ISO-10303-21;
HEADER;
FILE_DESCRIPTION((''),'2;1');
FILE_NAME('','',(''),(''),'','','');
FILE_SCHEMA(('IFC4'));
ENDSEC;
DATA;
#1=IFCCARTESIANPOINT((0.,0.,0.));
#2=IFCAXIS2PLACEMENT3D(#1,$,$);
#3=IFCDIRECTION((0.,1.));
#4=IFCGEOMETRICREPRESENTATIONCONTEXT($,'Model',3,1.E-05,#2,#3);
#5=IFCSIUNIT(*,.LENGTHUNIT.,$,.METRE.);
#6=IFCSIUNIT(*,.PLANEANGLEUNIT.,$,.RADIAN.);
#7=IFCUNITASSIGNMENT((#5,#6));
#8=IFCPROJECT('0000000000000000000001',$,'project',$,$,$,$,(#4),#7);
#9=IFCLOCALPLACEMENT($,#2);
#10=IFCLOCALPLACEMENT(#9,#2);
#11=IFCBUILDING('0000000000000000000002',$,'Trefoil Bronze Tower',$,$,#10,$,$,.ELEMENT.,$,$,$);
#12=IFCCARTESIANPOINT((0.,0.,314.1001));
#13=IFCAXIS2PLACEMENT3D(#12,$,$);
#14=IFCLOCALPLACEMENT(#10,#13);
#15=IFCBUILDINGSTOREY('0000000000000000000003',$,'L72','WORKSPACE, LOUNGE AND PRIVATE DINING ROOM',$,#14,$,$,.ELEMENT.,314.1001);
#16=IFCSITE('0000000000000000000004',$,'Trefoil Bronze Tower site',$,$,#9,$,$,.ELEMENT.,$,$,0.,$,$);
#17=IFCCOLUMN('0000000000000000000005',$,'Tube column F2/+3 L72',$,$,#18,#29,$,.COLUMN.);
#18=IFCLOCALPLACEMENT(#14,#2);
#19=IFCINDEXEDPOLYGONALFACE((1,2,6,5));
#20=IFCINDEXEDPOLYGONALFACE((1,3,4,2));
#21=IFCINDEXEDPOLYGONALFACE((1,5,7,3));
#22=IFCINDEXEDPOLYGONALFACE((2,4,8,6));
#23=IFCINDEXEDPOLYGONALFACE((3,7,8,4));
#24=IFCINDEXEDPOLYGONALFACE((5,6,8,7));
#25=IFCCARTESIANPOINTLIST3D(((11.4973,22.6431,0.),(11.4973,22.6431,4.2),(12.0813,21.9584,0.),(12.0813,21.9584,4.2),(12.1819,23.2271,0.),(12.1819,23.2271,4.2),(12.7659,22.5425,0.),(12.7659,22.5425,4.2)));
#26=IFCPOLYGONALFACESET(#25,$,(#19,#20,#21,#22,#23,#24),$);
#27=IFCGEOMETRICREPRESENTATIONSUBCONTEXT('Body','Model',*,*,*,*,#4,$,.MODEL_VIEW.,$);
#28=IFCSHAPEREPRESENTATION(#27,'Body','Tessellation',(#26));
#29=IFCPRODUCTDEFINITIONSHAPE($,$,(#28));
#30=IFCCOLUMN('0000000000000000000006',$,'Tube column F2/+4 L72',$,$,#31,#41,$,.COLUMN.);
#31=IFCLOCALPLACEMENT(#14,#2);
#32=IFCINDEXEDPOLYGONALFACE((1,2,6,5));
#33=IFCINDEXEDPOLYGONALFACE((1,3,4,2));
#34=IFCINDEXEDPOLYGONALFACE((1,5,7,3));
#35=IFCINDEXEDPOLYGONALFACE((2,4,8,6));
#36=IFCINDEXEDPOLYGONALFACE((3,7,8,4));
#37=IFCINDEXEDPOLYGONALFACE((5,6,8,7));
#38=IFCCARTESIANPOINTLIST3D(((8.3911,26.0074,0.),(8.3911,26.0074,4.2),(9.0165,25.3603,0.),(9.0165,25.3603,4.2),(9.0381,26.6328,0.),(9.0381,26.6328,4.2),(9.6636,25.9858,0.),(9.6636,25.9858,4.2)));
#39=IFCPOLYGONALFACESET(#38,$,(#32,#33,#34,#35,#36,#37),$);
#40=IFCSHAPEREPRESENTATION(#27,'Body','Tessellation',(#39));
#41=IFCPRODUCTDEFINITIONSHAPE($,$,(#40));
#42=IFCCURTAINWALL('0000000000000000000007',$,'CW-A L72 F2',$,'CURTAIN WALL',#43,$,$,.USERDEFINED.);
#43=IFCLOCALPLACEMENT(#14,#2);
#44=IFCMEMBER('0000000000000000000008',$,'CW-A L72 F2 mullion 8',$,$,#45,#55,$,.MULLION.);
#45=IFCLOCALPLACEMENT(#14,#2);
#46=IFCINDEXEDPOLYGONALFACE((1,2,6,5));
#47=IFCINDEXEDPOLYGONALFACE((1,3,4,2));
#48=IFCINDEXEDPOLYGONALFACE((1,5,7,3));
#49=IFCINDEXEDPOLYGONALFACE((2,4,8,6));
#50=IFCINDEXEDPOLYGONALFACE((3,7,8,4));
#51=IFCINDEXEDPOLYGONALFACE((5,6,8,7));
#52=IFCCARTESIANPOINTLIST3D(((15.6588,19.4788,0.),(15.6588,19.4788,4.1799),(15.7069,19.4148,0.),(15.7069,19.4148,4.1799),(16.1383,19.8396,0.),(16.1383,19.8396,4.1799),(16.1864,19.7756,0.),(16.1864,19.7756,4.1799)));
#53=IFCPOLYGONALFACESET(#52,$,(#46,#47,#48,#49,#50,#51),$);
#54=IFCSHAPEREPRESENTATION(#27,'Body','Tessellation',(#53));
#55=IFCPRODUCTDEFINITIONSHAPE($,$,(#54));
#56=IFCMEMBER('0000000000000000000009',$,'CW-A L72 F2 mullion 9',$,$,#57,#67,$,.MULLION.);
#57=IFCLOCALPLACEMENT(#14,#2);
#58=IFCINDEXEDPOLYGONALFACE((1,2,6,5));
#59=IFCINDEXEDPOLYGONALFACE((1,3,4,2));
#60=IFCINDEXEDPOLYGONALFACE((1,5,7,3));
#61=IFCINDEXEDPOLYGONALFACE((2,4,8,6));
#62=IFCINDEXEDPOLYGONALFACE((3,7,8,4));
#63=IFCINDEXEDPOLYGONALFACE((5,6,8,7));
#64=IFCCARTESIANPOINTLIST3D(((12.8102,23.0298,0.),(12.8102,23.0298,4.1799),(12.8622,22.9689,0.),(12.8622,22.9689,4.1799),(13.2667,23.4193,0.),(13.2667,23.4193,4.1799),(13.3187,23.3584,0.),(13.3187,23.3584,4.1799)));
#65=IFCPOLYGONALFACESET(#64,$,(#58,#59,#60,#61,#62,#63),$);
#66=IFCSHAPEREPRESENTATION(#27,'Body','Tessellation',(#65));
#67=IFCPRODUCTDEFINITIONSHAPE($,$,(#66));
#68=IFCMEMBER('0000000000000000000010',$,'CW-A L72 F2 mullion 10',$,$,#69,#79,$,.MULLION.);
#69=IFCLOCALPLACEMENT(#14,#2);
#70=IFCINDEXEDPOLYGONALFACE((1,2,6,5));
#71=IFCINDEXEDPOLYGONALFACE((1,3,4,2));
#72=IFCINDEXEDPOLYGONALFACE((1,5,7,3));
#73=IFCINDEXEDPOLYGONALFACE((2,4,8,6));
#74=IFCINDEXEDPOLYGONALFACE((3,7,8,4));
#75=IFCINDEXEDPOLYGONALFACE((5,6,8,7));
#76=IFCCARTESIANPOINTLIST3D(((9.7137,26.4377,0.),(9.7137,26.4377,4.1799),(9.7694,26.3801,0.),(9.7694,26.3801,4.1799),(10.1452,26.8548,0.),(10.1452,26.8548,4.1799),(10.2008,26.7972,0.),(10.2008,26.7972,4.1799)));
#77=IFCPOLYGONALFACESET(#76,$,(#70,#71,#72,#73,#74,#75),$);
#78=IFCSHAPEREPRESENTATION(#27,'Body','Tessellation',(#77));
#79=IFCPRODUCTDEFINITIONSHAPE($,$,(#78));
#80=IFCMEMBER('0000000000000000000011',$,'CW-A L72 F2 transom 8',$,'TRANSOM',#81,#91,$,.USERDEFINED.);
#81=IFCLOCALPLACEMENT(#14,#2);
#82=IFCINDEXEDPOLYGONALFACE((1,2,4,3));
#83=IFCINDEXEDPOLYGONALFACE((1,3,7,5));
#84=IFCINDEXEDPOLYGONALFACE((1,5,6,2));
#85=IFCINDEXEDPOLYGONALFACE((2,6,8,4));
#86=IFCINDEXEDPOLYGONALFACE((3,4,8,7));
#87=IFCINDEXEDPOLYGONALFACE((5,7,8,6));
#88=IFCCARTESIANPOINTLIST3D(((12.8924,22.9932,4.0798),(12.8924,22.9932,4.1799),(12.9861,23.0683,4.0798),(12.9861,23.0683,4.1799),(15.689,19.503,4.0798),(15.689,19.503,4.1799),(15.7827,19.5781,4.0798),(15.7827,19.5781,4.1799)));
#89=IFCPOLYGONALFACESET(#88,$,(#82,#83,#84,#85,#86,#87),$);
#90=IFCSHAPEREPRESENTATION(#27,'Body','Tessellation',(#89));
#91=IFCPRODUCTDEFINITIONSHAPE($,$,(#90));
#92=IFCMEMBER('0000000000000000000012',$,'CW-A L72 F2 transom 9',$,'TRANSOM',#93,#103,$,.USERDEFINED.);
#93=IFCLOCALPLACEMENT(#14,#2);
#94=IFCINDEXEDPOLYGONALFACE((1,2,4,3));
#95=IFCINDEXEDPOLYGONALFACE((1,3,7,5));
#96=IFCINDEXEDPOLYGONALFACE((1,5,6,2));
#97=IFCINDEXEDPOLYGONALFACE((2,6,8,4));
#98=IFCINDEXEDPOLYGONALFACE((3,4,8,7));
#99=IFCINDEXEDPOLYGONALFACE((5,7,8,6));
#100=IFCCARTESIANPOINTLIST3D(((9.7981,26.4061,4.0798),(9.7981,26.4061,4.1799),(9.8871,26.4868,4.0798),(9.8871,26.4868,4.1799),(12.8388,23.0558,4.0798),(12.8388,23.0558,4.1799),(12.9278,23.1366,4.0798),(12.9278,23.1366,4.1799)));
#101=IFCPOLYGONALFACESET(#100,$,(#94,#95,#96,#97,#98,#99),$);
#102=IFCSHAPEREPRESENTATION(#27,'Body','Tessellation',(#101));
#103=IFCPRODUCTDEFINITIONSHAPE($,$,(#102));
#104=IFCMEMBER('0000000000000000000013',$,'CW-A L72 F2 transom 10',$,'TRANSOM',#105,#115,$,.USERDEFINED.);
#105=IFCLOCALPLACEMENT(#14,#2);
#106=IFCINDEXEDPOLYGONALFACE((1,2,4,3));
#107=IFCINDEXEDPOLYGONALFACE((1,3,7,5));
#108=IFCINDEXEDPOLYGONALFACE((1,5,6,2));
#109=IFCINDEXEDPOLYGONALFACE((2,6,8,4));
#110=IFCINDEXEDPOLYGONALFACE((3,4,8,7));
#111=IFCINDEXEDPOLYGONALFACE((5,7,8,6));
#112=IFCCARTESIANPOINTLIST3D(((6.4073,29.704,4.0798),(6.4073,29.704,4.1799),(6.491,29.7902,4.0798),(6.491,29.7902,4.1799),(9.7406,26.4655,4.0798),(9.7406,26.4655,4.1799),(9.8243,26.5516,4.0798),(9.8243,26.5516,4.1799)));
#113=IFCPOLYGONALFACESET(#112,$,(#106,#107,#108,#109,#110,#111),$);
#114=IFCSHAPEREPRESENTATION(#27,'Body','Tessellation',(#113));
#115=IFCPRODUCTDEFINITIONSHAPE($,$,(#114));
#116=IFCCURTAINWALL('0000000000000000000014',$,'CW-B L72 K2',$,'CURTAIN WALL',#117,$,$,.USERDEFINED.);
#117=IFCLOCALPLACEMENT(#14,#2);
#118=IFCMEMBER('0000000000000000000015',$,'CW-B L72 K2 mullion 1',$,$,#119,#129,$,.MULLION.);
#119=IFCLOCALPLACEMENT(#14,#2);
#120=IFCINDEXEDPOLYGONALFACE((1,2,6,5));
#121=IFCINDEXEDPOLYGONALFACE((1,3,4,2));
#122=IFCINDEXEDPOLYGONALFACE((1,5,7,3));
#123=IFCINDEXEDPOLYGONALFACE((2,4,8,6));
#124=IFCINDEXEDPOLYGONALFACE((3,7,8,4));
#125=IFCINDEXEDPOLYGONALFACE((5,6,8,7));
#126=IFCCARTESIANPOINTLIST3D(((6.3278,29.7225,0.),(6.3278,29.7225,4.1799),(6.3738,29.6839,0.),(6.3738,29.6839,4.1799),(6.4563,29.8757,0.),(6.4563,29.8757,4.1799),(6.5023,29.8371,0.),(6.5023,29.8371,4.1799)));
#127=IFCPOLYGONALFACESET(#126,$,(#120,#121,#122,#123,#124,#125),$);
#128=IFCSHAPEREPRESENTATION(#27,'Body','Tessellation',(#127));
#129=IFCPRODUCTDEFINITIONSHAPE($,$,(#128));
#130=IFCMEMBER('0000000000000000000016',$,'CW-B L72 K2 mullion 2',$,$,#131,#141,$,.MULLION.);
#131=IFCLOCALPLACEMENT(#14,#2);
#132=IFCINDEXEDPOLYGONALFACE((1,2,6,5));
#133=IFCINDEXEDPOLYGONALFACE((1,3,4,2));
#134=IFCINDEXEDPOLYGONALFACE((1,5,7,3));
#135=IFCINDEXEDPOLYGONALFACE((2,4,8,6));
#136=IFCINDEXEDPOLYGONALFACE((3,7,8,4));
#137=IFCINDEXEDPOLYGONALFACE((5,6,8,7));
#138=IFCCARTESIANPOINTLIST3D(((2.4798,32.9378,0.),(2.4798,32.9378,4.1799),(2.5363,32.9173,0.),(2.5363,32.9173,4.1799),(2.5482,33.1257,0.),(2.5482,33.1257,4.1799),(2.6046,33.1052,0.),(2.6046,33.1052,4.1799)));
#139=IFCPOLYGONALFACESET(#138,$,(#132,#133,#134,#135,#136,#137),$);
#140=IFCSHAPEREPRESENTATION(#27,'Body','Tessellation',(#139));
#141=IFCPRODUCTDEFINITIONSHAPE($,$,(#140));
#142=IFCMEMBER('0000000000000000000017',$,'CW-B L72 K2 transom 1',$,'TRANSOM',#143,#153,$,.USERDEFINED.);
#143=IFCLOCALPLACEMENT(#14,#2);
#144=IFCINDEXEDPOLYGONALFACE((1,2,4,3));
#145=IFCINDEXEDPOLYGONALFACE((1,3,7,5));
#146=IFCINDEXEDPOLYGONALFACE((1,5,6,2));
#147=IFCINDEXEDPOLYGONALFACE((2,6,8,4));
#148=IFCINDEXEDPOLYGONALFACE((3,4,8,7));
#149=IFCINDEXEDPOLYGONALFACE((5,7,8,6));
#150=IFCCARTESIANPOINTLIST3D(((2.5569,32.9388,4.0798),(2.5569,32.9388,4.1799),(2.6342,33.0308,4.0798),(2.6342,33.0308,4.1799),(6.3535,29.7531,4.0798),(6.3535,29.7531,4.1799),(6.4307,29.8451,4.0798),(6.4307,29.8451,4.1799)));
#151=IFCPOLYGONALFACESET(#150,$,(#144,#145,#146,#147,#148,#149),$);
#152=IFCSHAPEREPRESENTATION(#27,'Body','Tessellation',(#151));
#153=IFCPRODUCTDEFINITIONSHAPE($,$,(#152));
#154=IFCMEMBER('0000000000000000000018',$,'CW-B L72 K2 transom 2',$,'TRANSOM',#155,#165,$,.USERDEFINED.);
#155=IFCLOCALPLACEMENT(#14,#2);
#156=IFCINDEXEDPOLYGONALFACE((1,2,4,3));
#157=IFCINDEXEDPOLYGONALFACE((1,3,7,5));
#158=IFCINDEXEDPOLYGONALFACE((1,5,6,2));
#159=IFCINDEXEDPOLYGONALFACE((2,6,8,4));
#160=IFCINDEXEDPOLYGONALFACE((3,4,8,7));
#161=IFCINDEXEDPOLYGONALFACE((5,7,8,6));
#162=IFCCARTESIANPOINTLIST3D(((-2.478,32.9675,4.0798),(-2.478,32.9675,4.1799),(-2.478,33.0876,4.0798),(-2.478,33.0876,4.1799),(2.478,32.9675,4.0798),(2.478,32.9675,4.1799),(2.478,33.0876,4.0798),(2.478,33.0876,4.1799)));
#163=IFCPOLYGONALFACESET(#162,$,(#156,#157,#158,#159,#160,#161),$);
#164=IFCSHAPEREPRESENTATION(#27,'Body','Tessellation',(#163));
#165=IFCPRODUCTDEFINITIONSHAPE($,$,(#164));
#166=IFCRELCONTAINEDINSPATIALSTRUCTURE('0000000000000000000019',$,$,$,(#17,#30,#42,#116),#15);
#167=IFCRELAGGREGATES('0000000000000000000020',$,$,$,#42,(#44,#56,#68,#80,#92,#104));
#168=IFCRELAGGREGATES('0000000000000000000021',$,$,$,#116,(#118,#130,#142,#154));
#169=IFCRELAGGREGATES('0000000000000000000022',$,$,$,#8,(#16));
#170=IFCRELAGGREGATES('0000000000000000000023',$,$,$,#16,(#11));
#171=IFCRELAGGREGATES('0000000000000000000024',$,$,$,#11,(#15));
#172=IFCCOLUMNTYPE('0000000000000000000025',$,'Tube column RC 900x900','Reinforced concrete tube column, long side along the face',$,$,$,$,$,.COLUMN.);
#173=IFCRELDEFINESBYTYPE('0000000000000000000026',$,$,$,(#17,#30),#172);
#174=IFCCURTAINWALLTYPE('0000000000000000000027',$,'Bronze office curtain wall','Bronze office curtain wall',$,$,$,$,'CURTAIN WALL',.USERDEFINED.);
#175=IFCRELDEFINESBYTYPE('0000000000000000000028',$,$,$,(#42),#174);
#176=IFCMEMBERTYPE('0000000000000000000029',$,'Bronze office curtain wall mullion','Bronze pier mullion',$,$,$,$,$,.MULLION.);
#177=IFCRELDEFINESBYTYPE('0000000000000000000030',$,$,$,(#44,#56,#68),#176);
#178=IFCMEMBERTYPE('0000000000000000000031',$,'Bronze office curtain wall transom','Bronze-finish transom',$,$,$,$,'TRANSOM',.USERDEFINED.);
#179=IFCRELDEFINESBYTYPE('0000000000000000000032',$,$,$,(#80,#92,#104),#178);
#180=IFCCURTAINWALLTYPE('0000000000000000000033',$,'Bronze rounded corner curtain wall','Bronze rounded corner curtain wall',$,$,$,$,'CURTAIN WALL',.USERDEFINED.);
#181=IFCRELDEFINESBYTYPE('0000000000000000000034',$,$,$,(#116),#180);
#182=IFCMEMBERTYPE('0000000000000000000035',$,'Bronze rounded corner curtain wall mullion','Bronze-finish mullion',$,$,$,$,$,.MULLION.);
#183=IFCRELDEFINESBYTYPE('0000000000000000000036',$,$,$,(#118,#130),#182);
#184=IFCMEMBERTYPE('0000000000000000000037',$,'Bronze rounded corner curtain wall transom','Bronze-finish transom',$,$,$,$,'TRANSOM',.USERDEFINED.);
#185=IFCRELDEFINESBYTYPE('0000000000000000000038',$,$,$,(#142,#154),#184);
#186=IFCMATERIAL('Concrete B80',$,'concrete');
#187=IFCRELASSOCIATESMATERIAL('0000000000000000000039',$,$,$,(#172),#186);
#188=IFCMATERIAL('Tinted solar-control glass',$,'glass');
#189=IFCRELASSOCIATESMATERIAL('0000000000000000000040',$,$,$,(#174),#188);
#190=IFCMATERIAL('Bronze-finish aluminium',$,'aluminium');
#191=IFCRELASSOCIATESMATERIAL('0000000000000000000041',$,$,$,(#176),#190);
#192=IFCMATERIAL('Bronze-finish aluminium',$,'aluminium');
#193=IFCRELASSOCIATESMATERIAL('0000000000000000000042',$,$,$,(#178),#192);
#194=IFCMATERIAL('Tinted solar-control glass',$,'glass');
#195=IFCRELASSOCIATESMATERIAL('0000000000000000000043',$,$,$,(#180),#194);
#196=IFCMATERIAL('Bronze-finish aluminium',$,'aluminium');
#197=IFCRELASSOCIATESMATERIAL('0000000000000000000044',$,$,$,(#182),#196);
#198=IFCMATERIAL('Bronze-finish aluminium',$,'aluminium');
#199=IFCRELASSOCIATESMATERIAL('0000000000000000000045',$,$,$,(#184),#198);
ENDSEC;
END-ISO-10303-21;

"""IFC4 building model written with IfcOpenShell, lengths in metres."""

from ifc_helpers import new_model, si_unit, direction, frame, origin, origin_2d, place, context, subcontext, project, spatial, rectangle, extrude, material, material_profile, profile_set, type_object, element, aggregate, save


model = new_model("IFC4")

# Units and contexts
model_context = context("Model", 3, precision=1e-05, world=origin(), true_north=direction((0.0, 1.0)))
body_context = subcontext(model_context, "Body", "Model", "MODEL_VIEW")
ifc_project = project(units=[si_unit("LENGTHUNIT", "METRE"), si_unit("PLANEANGLEUNIT", "RADIAN")], contexts=[model_context])

# Site, building, storey
site_placement = place(None, origin())
site = spatial("IfcSite", under=ifc_project, at=site_placement, Name="Trefoil Bronze Tower site", CompositionType="ELEMENT", RefElevation=0.0)
building_placement = place(site_placement, origin())
building = spatial("IfcBuilding", under=site, at=building_placement, Name="Trefoil Bronze Tower", CompositionType="ELEMENT")
storey_placement = place(building_placement, frame((0.0, 0.0, 314.1001)))
storey = spatial("IfcBuildingStorey", under=building, at=storey_placement, Name="L72", Description="WORKSPACE, LOUNGE AND PRIVATE DINING ROOM", CompositionType="ELEMENT", Elevation=314.1001)

# Columns
ifc_material_1 = material(Name="Concrete B80", Category="concrete")
ifc_material_profile_1 = material_profile(ifc_material_1, rectangle(XDim=0.8999, YDim=0.8999, at=origin_2d()), Name="RC 900x900")
ifc_profile_set_1 = profile_set([ifc_material_profile_1], Name="Concrete B80")
column_type = type_object("IfcColumnType", Name="Tube column RC 900x900", Description="Reinforced concrete tube column, long side along the face", PredefinedType="COLUMN", material=ifc_profile_set_1)
for number, where, z_axis, x_axis, name in (
    (1, (12.1316, 22.5928, 0.0), (0.0, 0.0, 1.0), (-0.649008, 0.760781, 0.0), "Tube column F2/+3 L72"),
    (2, (9.0273, 25.9966, 0.0), (0.0, 0.0, 1.0), (-0.695009, 0.719001, 0.0), "Tube column F2/+4 L72"),
):
    element("IfcColumn", number, at=place(storey_placement, frame(where, z_axis=z_axis, x_axis=x_axis)), inside=storey, type_object=column_type, Name=name, PredefinedType="COLUMN", context=body_context, shape_type="SweptSolid", body=[
        extrude(rectangle(XDim=0.8999, YDim=0.8999, at=origin_2d()), origin(), (0.0, 0.0, 1.0), 4.2),
    ])

# Curtain walls, members
ifc_material_2 = material(Name="Tinted solar-control glass", Category="glass")
curtain_wall_type_1 = type_object("IfcCurtainWallType", Name="Bronze office curtain wall", Description="Bronze office curtain wall", ElementType="CURTAIN WALL", PredefinedType="USERDEFINED", material=ifc_material_2)
curtain_wall_1_placement = place(storey_placement, origin())
curtain_wall_1 = element("IfcCurtainWall", 3, at=curtain_wall_1_placement, inside=storey, type_object=curtain_wall_type_1, Name="CW-A L72 F2", ObjectType="CURTAIN WALL", PredefinedType="USERDEFINED")
ifc_material_3 = material(Name="Bronze-finish aluminium", Category="aluminium")
ifc_material_profile_2 = material_profile(ifc_material_3, rectangle(XDim=0.6001, YDim=0.0801, at=origin_2d()), Name="CW-A mullion")
ifc_profile_set_2 = profile_set([ifc_material_profile_2], Name="Bronze-finish aluminium")
member_type_1 = type_object("IfcMemberType", Name="Bronze office curtain wall mullion", Description="Bronze pier mullion", PredefinedType="MULLION", material=ifc_profile_set_2)
member_1_placement = place(storey_placement, frame((15.9226, 19.6272, 0.0), z_axis=(0.0, 0.0, 1.0), x_axis=(-0.799096, -0.601203, 0.0)))
member_1 = element("IfcMember", 4, at=member_1_placement, type_object=member_type_1, Name="CW-A L72 F2 mullion 8", PredefinedType="MULLION", context=body_context, shape_type="SweptSolid", body=[
    extrude(rectangle(XDim=0.6001, YDim=0.0801, at=origin_2d()), origin(), (0.0, 0.0, 1.0), 4.1799),
])
member_2_placement = place(storey_placement, frame((13.0645, 23.1941, 0.0), z_axis=(0.0, 0.0, 1.0), x_axis=(-0.760781, -0.649008, 0.0)))
member_2 = element("IfcMember", 5, at=member_2_placement, type_object=member_type_1, Name="CW-A L72 F2 mullion 9", PredefinedType="MULLION", context=body_context, shape_type="SweptSolid", body=[
    extrude(rectangle(XDim=0.6001, YDim=0.0801, at=origin_2d()), origin(), (0.0, 0.0, 1.0), 4.1799),
])
member_3_placement = place(storey_placement, frame((9.9573, 26.6174, 0.0), z_axis=(0.0, 0.0, 1.0), x_axis=(-0.719001, -0.695009, 0.0)))
member_3 = element("IfcMember", 6, at=member_3_placement, type_object=member_type_1, Name="CW-A L72 F2 mullion 10", PredefinedType="MULLION", context=body_context, shape_type="SweptSolid", body=[
    extrude(rectangle(XDim=0.6001, YDim=0.0801, at=origin_2d()), origin(), (0.0, 0.0, 1.0), 4.1799),
])
ifc_material_4 = material(Name="Bronze-finish aluminium", Category="aluminium")
ifc_material_profile_3 = material_profile(ifc_material_4, rectangle(XDim=0.1201, YDim=0.1001, at=origin_2d()), Name="CW-A transom")
ifc_profile_set_3 = profile_set([ifc_material_profile_3], Name="Bronze-finish aluminium")
member_type_2 = type_object("IfcMemberType", Name="Bronze office curtain wall transom", Description="Bronze-finish transom", ElementType="TRANSOM", PredefinedType="USERDEFINED", material=ifc_profile_set_3)
member_4_placement = place(storey_placement, frame((15.7358, 19.5405, 4.1299), z_axis=(-0.625301, 0.780384, 0.0), x_axis=(-0.780384, -0.625301, 0.0)))
member_4 = element("IfcMember", 7, at=member_4_placement, type_object=member_type_2, Name="CW-A L72 F2 transom 8", ObjectType="TRANSOM", PredefinedType="USERDEFINED", context=body_context, shape_type="SweptSolid", body=[
    extrude(rectangle(XDim=0.1201, YDim=0.1001, at=origin_2d()), origin(), (0.0, 0.0, 1.0), 4.4724),
])
member_5_placement = place(storey_placement, frame((12.8833, 23.0962, 4.1299), z_axis=(-0.672068, 0.740489, 0.0), x_axis=(-0.740489, -0.672068, 0.0)))
member_5 = element("IfcMember", 8, at=member_5_placement, type_object=member_type_2, Name="CW-A L72 F2 transom 9", ObjectType="TRANSOM", PredefinedType="USERDEFINED", context=body_context, shape_type="SweptSolid", body=[
    extrude(rectangle(XDim=0.1201, YDim=0.1001, at=origin_2d()), origin(), (0.0, 0.0, 1.0), 4.5244),
])
member_6_placement = place(storey_placement, frame((9.7825, 26.5085, 4.1299), z_axis=(-0.717225, 0.696842, 0.0), x_axis=(-0.696842, -0.717225, 0.0)))
member_6 = element("IfcMember", 9, at=member_6_placement, type_object=member_type_2, Name="CW-A L72 F2 transom 10", ObjectType="TRANSOM", PredefinedType="USERDEFINED", context=body_context, shape_type="SweptSolid", body=[
    extrude(rectangle(XDim=0.1201, YDim=0.1001, at=origin_2d()), origin(), (0.0, 0.0, 1.0), 4.6475),
])
ifc_material_5 = material(Name="Tinted solar-control glass", Category="glass")
curtain_wall_type_2 = type_object("IfcCurtainWallType", Name="Bronze rounded corner curtain wall", Description="Bronze rounded corner curtain wall", ElementType="CURTAIN WALL", PredefinedType="USERDEFINED", material=ifc_material_5)
curtain_wall_2_placement = place(storey_placement, origin())
curtain_wall_2 = element("IfcCurtainWall", 10, at=curtain_wall_2_placement, inside=storey, type_object=curtain_wall_type_2, Name="CW-B L72 K2", ObjectType="CURTAIN WALL", PredefinedType="USERDEFINED")
ifc_material_6 = material(Name="Bronze-finish aluminium", Category="aluminium")
ifc_material_profile_4 = material_profile(ifc_material_6, rectangle(XDim=0.2, YDim=0.0601, at=origin_2d()), Name="CW-B mullion")
ifc_profile_set_4 = profile_set([ifc_material_profile_4], Name="Bronze-finish aluminium")
member_type_3 = type_object("IfcMemberType", Name="Bronze rounded corner curtain wall mullion", Description="Bronze-finish mullion", PredefinedType="MULLION", material=ifc_profile_set_4)
member_7_placement = place(storey_placement, frame((6.415, 29.7798, 0.0), z_axis=(0.0, 0.0, 1.0), x_axis=(-0.642788, -0.766044, 0.0)))
member_7 = element("IfcMember", 11, at=member_7_placement, type_object=member_type_3, Name="CW-B L72 K2 mullion 1", PredefinedType="MULLION", context=body_context, shape_type="SweptSolid", body=[
    extrude(rectangle(XDim=0.2, YDim=0.0601, at=origin_2d()), origin(), (0.0, 0.0, 1.0), 4.1799),
])
member_8_placement = place(storey_placement, frame((2.5422, 33.0215, 0.0), z_axis=(0.0, 0.0, 1.0), x_axis=(-0.34202, -0.939693, 0.0)))
member_8 = element("IfcMember", 12, at=member_8_placement, type_object=member_type_3, Name="CW-B L72 K2 mullion 2", PredefinedType="MULLION", context=body_context, shape_type="SweptSolid", body=[
    extrude(rectangle(XDim=0.2, YDim=0.0601, at=origin_2d()), origin(), (0.0, 0.0, 1.0), 4.1799),
])
ifc_material_7 = material(Name="Bronze-finish aluminium", Category="aluminium")
ifc_material_profile_5 = material_profile(ifc_material_7, rectangle(XDim=0.1201, YDim=0.1001, at=origin_2d()), Name="CW-B transom")
ifc_profile_set_5 = profile_set([ifc_material_profile_5], Name="Bronze-finish aluminium")
member_type_4 = type_object("IfcMemberType", Name="Bronze rounded corner curtain wall transom", Description="Bronze-finish transom", ElementType="TRANSOM", PredefinedType="USERDEFINED", material=ifc_profile_set_5)
member_9_placement = place(storey_placement, frame((6.3921, 29.7991, 4.1299), z_axis=(-0.766041, 0.642792, 0.0), x_axis=(-0.642792, -0.766041, 0.0)))
member_9 = element("IfcMember", 13, at=member_9_placement, type_object=member_type_4, Name="CW-B L72 K2 transom 1", ObjectType="TRANSOM", PredefinedType="USERDEFINED", context=body_context, shape_type="SweptSolid", body=[
    extrude(rectangle(XDim=0.1201, YDim=0.1001, at=origin_2d()), origin(), (0.0, 0.0, 1.0), 4.9561),
])
member_10_placement = place(storey_placement, frame((2.478, 33.0276, 4.1299), z_axis=(-1.0, 0.0, 0.0), x_axis=(0.0, -1.0, 0.0)))
member_10 = element("IfcMember", 14, at=member_10_placement, type_object=member_type_4, Name="CW-B L72 K2 transom 2", ObjectType="TRANSOM", PredefinedType="USERDEFINED", context=body_context, shape_type="SweptSolid", body=[
    extrude(rectangle(XDim=0.1201, YDim=0.1001, at=origin_2d()), origin(), (0.0, 0.0, 1.0), 4.9561),
])

aggregate(curtain_wall_1, [member_1, member_2, member_3, member_4, member_5, member_6])
aggregate(curtain_wall_2, [member_7, member_8, member_9, member_10])

save(model, "model.ifc")
